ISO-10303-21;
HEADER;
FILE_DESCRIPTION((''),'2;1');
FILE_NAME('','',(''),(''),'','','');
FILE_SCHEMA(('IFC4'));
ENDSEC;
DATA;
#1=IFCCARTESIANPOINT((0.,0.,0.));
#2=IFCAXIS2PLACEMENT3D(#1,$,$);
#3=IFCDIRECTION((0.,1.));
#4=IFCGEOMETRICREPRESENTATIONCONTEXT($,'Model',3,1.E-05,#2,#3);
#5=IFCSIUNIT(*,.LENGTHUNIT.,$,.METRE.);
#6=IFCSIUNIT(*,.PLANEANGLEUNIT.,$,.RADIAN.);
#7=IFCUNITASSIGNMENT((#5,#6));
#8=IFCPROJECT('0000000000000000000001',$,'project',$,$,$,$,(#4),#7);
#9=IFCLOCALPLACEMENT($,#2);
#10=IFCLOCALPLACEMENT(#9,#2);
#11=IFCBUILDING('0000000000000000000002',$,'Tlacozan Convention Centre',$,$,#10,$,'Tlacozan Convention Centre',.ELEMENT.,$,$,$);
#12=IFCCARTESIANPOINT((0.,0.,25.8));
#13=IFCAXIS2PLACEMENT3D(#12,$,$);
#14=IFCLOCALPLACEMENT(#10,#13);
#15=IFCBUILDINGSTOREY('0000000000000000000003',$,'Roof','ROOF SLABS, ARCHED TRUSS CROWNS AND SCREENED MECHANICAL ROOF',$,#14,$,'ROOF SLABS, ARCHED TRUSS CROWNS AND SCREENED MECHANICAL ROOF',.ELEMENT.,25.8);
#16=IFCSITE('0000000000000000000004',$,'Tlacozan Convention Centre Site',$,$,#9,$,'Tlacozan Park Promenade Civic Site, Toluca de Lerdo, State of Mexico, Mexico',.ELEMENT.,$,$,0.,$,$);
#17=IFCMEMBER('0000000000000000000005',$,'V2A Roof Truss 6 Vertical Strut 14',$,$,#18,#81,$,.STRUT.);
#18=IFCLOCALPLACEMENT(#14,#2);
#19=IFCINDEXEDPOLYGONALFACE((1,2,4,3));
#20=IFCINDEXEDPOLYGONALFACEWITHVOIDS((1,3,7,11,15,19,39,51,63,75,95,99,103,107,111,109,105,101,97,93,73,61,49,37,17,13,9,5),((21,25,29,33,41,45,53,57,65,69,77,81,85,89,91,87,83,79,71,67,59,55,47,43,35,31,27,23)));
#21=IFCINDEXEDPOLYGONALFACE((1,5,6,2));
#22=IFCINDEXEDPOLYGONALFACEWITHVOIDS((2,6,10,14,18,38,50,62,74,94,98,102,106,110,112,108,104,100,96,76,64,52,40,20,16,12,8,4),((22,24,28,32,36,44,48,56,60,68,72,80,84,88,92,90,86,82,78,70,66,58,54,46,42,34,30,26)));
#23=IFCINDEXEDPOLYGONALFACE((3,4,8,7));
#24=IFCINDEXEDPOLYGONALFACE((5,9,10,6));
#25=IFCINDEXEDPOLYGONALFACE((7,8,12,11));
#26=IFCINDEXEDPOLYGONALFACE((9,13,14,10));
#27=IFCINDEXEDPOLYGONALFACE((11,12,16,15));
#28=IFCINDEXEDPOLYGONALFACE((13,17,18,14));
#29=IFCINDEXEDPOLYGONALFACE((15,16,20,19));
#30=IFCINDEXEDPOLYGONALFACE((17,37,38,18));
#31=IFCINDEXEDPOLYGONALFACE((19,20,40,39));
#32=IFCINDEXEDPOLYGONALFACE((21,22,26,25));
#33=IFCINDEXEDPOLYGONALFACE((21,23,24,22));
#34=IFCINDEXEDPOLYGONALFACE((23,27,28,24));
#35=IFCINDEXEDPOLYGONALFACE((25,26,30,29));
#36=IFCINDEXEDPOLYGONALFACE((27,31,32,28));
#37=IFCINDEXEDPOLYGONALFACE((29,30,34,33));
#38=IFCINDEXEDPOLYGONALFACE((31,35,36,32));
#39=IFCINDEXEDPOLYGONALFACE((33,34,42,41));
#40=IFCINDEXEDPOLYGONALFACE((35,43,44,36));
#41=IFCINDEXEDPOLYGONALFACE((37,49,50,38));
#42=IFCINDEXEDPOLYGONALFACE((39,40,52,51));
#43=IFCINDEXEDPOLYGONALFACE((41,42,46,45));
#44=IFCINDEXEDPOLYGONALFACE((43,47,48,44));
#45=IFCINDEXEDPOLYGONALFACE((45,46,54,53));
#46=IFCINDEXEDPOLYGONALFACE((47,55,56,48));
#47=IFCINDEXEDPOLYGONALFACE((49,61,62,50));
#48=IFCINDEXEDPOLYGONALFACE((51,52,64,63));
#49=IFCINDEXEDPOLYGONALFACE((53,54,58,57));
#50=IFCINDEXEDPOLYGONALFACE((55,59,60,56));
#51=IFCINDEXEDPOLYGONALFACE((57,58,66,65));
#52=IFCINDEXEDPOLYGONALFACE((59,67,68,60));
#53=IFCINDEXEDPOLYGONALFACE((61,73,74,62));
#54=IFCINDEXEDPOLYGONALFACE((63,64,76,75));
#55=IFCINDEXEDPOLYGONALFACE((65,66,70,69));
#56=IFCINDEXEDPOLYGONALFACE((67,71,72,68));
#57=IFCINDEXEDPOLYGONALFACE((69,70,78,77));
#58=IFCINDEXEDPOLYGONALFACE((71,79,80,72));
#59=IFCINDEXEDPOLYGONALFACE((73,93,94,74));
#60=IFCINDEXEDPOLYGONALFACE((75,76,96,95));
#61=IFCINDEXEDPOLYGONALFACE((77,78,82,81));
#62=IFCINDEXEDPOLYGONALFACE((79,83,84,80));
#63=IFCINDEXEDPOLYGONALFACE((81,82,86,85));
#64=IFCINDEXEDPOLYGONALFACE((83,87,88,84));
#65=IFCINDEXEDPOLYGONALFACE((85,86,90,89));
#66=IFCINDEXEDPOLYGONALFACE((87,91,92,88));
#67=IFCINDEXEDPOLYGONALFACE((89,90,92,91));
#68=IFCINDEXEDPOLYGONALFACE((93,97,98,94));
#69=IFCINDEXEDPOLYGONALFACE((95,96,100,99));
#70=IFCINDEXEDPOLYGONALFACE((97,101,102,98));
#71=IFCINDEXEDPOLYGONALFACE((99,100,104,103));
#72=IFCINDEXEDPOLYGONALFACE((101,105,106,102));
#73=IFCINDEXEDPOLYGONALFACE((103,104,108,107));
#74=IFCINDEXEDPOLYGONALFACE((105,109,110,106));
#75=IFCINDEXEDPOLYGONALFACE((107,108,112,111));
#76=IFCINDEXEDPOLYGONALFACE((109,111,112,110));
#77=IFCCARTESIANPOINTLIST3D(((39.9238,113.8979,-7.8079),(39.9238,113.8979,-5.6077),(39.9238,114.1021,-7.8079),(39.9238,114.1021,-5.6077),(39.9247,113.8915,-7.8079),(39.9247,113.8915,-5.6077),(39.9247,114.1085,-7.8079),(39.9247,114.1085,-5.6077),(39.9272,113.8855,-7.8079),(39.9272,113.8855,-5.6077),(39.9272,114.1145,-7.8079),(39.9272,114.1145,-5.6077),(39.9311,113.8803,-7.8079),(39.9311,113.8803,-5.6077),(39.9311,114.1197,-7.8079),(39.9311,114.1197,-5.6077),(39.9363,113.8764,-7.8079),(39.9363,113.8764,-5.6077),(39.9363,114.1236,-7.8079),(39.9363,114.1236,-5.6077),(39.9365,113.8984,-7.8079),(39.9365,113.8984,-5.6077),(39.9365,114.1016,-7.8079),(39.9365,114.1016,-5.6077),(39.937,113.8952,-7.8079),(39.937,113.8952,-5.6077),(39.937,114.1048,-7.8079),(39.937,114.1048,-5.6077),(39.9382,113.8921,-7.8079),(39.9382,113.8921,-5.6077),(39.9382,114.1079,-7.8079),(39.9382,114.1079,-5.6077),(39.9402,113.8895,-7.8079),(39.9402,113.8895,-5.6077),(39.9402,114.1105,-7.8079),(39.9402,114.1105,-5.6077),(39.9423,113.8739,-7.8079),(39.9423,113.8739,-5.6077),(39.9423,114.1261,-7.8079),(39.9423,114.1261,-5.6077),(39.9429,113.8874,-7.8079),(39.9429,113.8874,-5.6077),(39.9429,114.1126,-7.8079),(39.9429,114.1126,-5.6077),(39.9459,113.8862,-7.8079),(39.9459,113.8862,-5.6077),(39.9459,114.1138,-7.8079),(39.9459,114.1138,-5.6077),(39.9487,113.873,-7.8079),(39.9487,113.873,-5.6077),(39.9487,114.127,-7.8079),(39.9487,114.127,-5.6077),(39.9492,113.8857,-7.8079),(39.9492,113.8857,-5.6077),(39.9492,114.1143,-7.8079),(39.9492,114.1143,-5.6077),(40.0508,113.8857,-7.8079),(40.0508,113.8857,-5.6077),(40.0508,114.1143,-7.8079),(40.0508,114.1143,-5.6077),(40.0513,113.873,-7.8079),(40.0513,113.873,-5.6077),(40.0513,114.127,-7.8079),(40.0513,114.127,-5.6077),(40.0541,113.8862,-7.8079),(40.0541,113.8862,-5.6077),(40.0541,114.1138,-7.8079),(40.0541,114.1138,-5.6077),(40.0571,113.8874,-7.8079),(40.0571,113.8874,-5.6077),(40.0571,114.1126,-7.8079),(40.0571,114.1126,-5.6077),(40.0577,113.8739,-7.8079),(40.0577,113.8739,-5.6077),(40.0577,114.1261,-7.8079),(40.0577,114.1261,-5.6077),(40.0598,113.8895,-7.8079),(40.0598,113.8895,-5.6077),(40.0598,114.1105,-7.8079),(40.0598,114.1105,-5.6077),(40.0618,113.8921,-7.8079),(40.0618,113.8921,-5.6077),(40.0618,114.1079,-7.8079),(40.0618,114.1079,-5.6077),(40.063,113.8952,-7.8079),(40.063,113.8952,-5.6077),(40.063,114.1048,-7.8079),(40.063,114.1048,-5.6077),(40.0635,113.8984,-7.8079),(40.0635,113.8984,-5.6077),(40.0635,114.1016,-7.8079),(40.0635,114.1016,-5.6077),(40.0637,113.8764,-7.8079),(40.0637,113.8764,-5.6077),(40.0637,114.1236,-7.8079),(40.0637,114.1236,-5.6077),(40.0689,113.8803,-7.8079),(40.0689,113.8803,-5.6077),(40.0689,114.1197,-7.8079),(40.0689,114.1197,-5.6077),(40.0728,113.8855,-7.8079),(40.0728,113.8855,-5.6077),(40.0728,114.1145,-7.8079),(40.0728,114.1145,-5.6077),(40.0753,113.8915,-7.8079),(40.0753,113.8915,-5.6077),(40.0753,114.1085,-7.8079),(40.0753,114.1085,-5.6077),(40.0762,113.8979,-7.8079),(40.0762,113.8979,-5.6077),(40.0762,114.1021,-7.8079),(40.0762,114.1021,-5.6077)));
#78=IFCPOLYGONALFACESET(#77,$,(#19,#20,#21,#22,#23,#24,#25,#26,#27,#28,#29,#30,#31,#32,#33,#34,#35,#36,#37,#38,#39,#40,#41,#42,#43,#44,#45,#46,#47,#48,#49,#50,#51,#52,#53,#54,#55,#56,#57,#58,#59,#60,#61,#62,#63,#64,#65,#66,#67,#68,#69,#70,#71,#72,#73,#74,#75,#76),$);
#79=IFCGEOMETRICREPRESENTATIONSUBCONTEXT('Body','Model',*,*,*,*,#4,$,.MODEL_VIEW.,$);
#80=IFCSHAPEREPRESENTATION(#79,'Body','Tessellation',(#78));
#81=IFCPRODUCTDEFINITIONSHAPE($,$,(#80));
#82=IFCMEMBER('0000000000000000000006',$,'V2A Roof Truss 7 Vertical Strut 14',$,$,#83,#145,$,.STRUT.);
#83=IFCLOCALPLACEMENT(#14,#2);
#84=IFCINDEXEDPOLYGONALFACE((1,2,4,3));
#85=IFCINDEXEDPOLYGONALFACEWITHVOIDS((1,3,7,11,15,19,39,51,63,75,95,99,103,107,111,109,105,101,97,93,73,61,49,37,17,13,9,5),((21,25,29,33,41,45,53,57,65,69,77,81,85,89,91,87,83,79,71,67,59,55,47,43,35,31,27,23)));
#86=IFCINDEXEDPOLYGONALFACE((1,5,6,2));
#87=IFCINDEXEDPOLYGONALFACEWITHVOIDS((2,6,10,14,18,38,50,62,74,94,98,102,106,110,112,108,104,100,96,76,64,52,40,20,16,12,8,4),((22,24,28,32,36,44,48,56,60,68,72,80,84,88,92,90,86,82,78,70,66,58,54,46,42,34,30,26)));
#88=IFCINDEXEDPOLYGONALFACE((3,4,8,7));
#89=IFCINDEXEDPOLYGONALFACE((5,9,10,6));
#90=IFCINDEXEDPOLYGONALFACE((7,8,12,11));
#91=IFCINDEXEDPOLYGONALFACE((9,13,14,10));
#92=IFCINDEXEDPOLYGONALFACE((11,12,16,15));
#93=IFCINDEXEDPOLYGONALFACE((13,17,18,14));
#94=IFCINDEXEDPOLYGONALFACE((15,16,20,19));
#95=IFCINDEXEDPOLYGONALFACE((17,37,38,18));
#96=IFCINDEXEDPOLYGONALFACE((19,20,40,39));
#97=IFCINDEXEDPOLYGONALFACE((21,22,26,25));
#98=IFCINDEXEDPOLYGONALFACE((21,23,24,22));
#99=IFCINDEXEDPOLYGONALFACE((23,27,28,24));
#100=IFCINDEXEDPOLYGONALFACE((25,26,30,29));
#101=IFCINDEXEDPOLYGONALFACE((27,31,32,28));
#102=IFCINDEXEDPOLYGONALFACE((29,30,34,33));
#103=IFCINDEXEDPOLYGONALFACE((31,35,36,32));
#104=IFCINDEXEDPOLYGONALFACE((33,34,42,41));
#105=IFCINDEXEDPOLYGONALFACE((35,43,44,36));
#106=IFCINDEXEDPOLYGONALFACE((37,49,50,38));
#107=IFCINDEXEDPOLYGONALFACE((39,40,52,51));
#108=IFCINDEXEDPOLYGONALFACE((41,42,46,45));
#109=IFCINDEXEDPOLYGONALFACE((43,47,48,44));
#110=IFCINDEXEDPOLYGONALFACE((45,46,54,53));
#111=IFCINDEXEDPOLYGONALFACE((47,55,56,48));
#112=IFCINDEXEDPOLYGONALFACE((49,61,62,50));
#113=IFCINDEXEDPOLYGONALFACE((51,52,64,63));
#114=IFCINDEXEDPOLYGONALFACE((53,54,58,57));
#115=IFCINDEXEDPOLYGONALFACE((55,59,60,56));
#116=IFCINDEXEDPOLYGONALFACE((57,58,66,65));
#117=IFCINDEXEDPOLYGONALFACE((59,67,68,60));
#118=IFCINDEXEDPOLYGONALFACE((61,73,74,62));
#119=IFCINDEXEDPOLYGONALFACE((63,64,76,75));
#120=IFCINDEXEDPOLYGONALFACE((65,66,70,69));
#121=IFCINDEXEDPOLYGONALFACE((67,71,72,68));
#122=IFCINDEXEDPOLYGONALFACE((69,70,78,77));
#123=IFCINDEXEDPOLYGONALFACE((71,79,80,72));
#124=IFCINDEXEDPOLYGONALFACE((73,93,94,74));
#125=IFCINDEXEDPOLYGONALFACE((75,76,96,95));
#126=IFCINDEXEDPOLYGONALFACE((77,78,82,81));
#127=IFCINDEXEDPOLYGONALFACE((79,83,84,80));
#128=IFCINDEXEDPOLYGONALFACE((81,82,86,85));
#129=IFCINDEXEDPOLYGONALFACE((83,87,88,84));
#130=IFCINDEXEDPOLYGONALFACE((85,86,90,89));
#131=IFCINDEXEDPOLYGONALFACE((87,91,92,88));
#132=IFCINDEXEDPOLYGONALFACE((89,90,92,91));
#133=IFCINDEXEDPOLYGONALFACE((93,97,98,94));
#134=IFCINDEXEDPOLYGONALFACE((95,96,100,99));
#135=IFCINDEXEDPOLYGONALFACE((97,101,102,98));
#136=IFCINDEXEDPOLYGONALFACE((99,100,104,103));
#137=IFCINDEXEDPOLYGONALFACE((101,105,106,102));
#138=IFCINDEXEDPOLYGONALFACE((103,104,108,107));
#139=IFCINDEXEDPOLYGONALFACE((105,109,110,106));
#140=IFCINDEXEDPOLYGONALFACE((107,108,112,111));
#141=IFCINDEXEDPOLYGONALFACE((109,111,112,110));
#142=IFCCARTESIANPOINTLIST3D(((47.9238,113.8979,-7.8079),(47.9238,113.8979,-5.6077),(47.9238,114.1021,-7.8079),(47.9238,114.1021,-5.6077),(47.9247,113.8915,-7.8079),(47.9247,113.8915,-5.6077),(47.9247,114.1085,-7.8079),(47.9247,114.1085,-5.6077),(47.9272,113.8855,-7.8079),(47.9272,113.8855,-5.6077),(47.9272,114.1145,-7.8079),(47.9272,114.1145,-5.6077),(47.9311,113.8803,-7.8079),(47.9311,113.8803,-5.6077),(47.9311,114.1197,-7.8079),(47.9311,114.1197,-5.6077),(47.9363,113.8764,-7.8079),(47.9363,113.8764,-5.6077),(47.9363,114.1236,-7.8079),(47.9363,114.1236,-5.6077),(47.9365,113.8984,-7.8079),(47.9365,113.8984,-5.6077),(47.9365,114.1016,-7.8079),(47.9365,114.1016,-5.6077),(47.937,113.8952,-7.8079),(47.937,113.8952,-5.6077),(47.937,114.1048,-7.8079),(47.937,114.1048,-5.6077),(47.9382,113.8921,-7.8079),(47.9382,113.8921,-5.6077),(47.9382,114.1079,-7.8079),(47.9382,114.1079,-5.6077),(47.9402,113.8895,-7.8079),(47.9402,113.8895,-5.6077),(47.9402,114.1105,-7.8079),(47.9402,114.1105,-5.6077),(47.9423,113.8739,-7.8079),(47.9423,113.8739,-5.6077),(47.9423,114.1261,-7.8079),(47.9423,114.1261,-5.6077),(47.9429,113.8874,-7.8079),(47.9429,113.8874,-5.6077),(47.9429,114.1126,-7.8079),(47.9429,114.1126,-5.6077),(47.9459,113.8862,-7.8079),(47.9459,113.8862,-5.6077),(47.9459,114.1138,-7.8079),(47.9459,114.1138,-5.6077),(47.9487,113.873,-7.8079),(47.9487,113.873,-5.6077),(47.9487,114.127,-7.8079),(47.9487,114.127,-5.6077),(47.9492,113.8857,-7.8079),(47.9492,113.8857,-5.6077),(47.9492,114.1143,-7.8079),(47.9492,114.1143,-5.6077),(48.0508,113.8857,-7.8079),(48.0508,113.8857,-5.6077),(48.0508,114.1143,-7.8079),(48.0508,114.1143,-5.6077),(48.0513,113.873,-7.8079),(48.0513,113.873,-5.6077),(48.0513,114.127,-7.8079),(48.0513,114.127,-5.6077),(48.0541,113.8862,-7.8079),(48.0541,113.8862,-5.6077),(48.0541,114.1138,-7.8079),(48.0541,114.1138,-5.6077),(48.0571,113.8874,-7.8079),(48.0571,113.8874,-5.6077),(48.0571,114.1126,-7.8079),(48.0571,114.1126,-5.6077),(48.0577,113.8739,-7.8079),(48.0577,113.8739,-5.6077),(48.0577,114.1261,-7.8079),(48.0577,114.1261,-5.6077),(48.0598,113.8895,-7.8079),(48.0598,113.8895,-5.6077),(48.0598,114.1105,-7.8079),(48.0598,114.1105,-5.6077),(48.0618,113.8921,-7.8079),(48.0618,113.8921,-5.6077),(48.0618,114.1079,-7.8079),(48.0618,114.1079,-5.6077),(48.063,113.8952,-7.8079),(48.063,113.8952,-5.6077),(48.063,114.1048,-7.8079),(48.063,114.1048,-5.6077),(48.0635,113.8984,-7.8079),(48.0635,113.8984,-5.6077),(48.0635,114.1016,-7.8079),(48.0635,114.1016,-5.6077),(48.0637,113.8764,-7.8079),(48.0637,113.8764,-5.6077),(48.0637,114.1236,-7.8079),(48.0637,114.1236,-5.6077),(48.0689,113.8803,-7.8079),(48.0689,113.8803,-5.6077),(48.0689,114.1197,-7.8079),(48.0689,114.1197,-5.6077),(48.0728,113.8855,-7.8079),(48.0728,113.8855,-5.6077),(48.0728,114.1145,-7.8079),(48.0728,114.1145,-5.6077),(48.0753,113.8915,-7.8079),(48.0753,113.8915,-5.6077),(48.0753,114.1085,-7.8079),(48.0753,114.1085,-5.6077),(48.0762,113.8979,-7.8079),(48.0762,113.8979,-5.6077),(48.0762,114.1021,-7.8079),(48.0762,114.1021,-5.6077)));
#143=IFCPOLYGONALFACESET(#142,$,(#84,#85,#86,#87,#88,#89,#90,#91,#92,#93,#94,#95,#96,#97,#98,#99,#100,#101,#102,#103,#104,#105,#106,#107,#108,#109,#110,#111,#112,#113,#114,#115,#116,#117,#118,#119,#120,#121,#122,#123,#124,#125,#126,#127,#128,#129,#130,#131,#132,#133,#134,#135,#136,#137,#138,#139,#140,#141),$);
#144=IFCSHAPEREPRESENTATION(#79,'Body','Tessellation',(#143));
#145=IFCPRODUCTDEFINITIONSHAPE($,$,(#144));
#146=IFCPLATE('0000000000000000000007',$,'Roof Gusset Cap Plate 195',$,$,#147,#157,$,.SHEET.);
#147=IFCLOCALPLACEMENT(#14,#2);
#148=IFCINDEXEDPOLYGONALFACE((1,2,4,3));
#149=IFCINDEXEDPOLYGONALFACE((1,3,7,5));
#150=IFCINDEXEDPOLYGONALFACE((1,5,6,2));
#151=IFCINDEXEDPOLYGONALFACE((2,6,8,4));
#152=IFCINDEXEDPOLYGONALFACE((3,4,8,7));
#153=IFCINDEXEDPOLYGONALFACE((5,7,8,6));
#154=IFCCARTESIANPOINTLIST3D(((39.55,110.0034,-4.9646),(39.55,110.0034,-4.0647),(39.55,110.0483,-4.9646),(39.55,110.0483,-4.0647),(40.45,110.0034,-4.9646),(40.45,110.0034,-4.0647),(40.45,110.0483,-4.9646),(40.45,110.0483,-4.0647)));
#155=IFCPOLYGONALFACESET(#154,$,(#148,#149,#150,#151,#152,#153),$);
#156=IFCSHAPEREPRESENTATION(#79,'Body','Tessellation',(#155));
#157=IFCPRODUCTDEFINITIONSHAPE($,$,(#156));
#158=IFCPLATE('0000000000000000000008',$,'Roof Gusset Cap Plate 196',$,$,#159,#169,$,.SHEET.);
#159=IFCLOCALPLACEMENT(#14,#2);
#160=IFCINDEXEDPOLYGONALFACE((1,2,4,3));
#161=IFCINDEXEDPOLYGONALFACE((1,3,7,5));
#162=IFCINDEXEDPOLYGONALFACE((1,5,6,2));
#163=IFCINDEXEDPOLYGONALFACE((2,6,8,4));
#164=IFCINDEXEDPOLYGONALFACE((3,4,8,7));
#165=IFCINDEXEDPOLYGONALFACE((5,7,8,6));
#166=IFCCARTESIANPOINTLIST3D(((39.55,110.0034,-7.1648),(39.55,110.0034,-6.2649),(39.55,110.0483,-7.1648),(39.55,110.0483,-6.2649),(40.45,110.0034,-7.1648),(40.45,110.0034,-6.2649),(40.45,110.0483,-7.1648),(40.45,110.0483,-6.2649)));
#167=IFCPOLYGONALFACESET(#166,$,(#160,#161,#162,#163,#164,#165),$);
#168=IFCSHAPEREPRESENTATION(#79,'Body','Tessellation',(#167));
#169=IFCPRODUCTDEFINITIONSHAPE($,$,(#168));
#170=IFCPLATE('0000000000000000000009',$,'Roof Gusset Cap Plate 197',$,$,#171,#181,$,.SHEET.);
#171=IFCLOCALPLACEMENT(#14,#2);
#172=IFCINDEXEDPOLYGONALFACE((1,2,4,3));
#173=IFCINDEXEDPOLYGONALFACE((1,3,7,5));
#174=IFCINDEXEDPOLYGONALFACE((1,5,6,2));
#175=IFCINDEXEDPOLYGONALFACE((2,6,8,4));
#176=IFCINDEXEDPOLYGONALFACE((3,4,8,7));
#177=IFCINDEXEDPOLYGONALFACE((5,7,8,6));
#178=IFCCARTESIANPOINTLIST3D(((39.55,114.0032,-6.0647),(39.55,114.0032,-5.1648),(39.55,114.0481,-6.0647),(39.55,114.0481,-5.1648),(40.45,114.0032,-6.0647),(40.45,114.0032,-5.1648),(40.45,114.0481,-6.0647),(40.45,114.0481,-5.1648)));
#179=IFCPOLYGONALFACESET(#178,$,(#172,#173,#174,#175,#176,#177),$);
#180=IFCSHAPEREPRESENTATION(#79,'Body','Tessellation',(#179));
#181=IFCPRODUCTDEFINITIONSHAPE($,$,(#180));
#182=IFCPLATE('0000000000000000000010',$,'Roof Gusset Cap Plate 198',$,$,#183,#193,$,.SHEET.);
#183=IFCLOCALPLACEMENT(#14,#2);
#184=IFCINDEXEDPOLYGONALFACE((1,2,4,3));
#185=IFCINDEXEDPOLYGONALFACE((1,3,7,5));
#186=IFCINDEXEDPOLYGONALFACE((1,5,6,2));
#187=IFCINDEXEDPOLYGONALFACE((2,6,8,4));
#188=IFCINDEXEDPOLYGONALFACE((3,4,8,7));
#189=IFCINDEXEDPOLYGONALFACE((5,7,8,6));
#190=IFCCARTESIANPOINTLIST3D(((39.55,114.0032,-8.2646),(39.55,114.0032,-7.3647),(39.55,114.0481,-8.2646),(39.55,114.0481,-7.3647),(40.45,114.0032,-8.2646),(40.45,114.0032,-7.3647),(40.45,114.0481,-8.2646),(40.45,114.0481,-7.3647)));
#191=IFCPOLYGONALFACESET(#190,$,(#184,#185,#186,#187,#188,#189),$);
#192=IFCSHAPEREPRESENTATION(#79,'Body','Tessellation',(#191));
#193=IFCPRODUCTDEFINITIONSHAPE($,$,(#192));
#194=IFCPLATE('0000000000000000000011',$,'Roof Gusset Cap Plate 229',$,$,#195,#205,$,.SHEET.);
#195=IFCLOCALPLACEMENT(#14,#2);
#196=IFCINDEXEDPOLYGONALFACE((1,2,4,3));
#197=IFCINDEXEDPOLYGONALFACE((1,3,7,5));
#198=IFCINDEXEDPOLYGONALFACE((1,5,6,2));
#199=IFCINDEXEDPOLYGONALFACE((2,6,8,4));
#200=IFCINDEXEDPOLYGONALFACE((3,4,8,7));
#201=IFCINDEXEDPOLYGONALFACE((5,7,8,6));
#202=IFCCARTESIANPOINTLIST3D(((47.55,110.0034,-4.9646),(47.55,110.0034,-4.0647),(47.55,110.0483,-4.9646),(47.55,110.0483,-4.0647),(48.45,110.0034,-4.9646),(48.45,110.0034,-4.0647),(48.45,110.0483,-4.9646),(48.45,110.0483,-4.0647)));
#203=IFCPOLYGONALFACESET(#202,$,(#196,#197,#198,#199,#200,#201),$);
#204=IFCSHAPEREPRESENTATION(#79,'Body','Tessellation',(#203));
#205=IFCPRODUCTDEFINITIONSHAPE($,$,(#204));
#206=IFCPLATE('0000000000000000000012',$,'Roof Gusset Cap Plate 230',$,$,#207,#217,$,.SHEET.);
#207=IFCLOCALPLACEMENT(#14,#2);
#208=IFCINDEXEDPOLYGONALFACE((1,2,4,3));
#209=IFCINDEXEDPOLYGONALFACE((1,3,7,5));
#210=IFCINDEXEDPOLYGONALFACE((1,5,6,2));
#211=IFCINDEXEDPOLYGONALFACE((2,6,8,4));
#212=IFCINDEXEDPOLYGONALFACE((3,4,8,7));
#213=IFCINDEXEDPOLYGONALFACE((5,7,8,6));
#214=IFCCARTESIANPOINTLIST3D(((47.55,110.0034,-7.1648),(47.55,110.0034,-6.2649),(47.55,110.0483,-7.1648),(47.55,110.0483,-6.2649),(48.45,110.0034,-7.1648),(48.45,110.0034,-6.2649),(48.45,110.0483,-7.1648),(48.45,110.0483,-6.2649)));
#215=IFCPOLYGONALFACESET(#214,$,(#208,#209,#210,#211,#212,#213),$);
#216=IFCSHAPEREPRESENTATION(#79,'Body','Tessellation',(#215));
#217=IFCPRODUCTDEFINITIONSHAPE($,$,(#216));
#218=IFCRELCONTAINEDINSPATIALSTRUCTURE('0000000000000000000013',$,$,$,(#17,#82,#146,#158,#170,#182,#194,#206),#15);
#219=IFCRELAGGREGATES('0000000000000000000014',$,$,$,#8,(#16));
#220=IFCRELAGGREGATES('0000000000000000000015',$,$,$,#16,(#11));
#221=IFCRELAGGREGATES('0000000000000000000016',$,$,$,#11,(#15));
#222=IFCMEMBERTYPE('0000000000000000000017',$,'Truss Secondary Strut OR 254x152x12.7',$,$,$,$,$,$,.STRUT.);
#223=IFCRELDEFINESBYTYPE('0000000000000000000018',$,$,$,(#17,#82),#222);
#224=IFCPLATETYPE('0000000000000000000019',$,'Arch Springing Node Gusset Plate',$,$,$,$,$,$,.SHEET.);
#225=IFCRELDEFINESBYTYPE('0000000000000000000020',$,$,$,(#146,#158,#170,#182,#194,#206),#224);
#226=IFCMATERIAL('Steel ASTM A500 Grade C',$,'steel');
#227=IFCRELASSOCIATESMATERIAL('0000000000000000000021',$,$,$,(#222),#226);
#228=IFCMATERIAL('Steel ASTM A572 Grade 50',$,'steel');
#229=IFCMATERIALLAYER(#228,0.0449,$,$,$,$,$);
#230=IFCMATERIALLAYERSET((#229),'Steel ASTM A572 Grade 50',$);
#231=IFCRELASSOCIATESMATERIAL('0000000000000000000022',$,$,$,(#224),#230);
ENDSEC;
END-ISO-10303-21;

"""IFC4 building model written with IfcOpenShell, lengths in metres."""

from ifc_helpers import new_model, si_unit, direction, frame, origin, origin_2d, place, context, subcontext, project, spatial, rectangle, hollow_rectangle, extrude, material, layer, layer_set, material_profile, profile_set, type_object, element, save


model = new_model("IFC4")

# Units and contexts
model_context = context("Model", 3, precision=1e-05, world=origin(), true_north=direction((0.0, 1.0)))
body_context = subcontext(model_context, "Body", "Model", "MODEL_VIEW")
ifc_project = project(units=[si_unit("LENGTHUNIT", "METRE"), si_unit("PLANEANGLEUNIT", "RADIAN")], contexts=[model_context])

# Site, building, storey
site_placement = place(None, origin())
site = spatial("IfcSite", under=ifc_project, at=site_placement, Name="Tlacozan Convention Centre Site", LongName="Tlacozan Park Promenade Civic Site, Toluca de Lerdo, State of Mexico, Mexico", CompositionType="ELEMENT", RefElevation=0.0)
building_placement = place(site_placement, origin())
building = spatial("IfcBuilding", under=site, at=building_placement, Name="Tlacozan Convention Centre", LongName="Tlacozan Convention Centre", CompositionType="ELEMENT")
storey_placement = place(building_placement, frame((0.0, 0.0, 25.8)))
storey = spatial("IfcBuildingStorey", under=building, at=storey_placement, Name="Roof", Description="ROOF SLABS, ARCHED TRUSS CROWNS AND SCREENED MECHANICAL ROOF", LongName="ROOF SLABS, ARCHED TRUSS CROWNS AND SCREENED MECHANICAL ROOF", CompositionType="ELEMENT", Elevation=25.8)

# Members
ifc_material_1 = material(Name="Steel ASTM A500 Grade C", Category="steel")
ifc_material_profile_1 = material_profile(ifc_material_1, hollow_rectangle(XDim=0.1523, YDim=0.2539, WallThickness=0.0127, InnerFilletRadius=0.0127, OuterFilletRadius=0.0249, at=origin_2d()), Name="OR 254x152x12.7")
ifc_profile_set_1 = profile_set([ifc_material_profile_1], Name="Steel ASTM A500 Grade C")
member_type_1 = type_object("IfcMemberType", Name="Truss Secondary Strut OR 254x152x12.7", PredefinedType="STRUT", material=ifc_profile_set_1)
for number, where, z_axis, x_axis, name in (
    (1, (40.0, 114.0, -7.8079), (0.0, 0.0, 1.0), (1.0, 0.0, 0.0), "V2A Roof Truss 6 Vertical Strut 14"),
    (2, (48.0, 114.0, -7.8079), (0.0, 0.0, 1.0), (1.0, 0.0, 0.0), "V2A Roof Truss 7 Vertical Strut 14"),
):
    element("IfcMember", number, at=place(storey_placement, frame(where, z_axis=z_axis, x_axis=x_axis)), inside=storey, type_object=member_type_1, Name=name, PredefinedType="STRUT", context=body_context, shape_type="SweptSolid", body=[
        extrude(hollow_rectangle(XDim=0.1523, YDim=0.2539, WallThickness=0.0127, InnerFilletRadius=0.0127, OuterFilletRadius=0.0249, at=origin_2d()), origin(), (0.0, 0.0, 1.0), 2.2002),
    ])

# Plates
ifc_material_2 = material(Name="Steel ASTM A572 Grade 50", Category="steel")
ifc_layer = layer(ifc_material_2, 0.0449)
ifc_layer_set = layer_set([ifc_layer], Name="Steel ASTM A572 Grade 50")
plate_type = type_object("IfcPlateType", Name="Arch Springing Node Gusset Plate", PredefinedType="SHEET", material=ifc_layer_set)
for number, where, z_axis, x_axis, name in (
    (3, (40.0, 110.0259, -4.9646), (0.0, 0.0, 1.0), (0.0, 1.0, 0.0), "Roof Gusset Cap Plate 195"),
    (4, (40.0, 110.0259, -7.1648), (0.0, 0.0, 1.0), (0.0, 1.0, 0.0), "Roof Gusset Cap Plate 196"),
    (5, (40.0, 114.0256, -6.0647), (0.0, 0.0, 1.0), (0.0, 1.0, 0.0), "Roof Gusset Cap Plate 197"),
    (6, (40.0, 114.0256, -8.2646), (0.0, 0.0, 1.0), (0.0, 1.0, 0.0), "Roof Gusset Cap Plate 198"),
    (7, (48.0, 110.0259, -4.9646), (0.0, 0.0, 1.0), (0.0, 1.0, 0.0), "Roof Gusset Cap Plate 229"),
    (8, (48.0, 110.0259, -7.1648), (0.0, 0.0, 1.0), (0.0, 1.0, 0.0), "Roof Gusset Cap Plate 230"),
):
    element("IfcPlate", number, at=place(storey_placement, frame(where, z_axis=z_axis, x_axis=x_axis)), inside=storey, type_object=plate_type, Name=name, PredefinedType="SHEET", context=body_context, shape_type="SweptSolid", body=[
        extrude(rectangle(XDim=0.0449, YDim=0.8999, at=origin_2d()), origin(), (0.0, 0.0, 1.0), 0.8999),
    ])

save(model, "model.ifc")
